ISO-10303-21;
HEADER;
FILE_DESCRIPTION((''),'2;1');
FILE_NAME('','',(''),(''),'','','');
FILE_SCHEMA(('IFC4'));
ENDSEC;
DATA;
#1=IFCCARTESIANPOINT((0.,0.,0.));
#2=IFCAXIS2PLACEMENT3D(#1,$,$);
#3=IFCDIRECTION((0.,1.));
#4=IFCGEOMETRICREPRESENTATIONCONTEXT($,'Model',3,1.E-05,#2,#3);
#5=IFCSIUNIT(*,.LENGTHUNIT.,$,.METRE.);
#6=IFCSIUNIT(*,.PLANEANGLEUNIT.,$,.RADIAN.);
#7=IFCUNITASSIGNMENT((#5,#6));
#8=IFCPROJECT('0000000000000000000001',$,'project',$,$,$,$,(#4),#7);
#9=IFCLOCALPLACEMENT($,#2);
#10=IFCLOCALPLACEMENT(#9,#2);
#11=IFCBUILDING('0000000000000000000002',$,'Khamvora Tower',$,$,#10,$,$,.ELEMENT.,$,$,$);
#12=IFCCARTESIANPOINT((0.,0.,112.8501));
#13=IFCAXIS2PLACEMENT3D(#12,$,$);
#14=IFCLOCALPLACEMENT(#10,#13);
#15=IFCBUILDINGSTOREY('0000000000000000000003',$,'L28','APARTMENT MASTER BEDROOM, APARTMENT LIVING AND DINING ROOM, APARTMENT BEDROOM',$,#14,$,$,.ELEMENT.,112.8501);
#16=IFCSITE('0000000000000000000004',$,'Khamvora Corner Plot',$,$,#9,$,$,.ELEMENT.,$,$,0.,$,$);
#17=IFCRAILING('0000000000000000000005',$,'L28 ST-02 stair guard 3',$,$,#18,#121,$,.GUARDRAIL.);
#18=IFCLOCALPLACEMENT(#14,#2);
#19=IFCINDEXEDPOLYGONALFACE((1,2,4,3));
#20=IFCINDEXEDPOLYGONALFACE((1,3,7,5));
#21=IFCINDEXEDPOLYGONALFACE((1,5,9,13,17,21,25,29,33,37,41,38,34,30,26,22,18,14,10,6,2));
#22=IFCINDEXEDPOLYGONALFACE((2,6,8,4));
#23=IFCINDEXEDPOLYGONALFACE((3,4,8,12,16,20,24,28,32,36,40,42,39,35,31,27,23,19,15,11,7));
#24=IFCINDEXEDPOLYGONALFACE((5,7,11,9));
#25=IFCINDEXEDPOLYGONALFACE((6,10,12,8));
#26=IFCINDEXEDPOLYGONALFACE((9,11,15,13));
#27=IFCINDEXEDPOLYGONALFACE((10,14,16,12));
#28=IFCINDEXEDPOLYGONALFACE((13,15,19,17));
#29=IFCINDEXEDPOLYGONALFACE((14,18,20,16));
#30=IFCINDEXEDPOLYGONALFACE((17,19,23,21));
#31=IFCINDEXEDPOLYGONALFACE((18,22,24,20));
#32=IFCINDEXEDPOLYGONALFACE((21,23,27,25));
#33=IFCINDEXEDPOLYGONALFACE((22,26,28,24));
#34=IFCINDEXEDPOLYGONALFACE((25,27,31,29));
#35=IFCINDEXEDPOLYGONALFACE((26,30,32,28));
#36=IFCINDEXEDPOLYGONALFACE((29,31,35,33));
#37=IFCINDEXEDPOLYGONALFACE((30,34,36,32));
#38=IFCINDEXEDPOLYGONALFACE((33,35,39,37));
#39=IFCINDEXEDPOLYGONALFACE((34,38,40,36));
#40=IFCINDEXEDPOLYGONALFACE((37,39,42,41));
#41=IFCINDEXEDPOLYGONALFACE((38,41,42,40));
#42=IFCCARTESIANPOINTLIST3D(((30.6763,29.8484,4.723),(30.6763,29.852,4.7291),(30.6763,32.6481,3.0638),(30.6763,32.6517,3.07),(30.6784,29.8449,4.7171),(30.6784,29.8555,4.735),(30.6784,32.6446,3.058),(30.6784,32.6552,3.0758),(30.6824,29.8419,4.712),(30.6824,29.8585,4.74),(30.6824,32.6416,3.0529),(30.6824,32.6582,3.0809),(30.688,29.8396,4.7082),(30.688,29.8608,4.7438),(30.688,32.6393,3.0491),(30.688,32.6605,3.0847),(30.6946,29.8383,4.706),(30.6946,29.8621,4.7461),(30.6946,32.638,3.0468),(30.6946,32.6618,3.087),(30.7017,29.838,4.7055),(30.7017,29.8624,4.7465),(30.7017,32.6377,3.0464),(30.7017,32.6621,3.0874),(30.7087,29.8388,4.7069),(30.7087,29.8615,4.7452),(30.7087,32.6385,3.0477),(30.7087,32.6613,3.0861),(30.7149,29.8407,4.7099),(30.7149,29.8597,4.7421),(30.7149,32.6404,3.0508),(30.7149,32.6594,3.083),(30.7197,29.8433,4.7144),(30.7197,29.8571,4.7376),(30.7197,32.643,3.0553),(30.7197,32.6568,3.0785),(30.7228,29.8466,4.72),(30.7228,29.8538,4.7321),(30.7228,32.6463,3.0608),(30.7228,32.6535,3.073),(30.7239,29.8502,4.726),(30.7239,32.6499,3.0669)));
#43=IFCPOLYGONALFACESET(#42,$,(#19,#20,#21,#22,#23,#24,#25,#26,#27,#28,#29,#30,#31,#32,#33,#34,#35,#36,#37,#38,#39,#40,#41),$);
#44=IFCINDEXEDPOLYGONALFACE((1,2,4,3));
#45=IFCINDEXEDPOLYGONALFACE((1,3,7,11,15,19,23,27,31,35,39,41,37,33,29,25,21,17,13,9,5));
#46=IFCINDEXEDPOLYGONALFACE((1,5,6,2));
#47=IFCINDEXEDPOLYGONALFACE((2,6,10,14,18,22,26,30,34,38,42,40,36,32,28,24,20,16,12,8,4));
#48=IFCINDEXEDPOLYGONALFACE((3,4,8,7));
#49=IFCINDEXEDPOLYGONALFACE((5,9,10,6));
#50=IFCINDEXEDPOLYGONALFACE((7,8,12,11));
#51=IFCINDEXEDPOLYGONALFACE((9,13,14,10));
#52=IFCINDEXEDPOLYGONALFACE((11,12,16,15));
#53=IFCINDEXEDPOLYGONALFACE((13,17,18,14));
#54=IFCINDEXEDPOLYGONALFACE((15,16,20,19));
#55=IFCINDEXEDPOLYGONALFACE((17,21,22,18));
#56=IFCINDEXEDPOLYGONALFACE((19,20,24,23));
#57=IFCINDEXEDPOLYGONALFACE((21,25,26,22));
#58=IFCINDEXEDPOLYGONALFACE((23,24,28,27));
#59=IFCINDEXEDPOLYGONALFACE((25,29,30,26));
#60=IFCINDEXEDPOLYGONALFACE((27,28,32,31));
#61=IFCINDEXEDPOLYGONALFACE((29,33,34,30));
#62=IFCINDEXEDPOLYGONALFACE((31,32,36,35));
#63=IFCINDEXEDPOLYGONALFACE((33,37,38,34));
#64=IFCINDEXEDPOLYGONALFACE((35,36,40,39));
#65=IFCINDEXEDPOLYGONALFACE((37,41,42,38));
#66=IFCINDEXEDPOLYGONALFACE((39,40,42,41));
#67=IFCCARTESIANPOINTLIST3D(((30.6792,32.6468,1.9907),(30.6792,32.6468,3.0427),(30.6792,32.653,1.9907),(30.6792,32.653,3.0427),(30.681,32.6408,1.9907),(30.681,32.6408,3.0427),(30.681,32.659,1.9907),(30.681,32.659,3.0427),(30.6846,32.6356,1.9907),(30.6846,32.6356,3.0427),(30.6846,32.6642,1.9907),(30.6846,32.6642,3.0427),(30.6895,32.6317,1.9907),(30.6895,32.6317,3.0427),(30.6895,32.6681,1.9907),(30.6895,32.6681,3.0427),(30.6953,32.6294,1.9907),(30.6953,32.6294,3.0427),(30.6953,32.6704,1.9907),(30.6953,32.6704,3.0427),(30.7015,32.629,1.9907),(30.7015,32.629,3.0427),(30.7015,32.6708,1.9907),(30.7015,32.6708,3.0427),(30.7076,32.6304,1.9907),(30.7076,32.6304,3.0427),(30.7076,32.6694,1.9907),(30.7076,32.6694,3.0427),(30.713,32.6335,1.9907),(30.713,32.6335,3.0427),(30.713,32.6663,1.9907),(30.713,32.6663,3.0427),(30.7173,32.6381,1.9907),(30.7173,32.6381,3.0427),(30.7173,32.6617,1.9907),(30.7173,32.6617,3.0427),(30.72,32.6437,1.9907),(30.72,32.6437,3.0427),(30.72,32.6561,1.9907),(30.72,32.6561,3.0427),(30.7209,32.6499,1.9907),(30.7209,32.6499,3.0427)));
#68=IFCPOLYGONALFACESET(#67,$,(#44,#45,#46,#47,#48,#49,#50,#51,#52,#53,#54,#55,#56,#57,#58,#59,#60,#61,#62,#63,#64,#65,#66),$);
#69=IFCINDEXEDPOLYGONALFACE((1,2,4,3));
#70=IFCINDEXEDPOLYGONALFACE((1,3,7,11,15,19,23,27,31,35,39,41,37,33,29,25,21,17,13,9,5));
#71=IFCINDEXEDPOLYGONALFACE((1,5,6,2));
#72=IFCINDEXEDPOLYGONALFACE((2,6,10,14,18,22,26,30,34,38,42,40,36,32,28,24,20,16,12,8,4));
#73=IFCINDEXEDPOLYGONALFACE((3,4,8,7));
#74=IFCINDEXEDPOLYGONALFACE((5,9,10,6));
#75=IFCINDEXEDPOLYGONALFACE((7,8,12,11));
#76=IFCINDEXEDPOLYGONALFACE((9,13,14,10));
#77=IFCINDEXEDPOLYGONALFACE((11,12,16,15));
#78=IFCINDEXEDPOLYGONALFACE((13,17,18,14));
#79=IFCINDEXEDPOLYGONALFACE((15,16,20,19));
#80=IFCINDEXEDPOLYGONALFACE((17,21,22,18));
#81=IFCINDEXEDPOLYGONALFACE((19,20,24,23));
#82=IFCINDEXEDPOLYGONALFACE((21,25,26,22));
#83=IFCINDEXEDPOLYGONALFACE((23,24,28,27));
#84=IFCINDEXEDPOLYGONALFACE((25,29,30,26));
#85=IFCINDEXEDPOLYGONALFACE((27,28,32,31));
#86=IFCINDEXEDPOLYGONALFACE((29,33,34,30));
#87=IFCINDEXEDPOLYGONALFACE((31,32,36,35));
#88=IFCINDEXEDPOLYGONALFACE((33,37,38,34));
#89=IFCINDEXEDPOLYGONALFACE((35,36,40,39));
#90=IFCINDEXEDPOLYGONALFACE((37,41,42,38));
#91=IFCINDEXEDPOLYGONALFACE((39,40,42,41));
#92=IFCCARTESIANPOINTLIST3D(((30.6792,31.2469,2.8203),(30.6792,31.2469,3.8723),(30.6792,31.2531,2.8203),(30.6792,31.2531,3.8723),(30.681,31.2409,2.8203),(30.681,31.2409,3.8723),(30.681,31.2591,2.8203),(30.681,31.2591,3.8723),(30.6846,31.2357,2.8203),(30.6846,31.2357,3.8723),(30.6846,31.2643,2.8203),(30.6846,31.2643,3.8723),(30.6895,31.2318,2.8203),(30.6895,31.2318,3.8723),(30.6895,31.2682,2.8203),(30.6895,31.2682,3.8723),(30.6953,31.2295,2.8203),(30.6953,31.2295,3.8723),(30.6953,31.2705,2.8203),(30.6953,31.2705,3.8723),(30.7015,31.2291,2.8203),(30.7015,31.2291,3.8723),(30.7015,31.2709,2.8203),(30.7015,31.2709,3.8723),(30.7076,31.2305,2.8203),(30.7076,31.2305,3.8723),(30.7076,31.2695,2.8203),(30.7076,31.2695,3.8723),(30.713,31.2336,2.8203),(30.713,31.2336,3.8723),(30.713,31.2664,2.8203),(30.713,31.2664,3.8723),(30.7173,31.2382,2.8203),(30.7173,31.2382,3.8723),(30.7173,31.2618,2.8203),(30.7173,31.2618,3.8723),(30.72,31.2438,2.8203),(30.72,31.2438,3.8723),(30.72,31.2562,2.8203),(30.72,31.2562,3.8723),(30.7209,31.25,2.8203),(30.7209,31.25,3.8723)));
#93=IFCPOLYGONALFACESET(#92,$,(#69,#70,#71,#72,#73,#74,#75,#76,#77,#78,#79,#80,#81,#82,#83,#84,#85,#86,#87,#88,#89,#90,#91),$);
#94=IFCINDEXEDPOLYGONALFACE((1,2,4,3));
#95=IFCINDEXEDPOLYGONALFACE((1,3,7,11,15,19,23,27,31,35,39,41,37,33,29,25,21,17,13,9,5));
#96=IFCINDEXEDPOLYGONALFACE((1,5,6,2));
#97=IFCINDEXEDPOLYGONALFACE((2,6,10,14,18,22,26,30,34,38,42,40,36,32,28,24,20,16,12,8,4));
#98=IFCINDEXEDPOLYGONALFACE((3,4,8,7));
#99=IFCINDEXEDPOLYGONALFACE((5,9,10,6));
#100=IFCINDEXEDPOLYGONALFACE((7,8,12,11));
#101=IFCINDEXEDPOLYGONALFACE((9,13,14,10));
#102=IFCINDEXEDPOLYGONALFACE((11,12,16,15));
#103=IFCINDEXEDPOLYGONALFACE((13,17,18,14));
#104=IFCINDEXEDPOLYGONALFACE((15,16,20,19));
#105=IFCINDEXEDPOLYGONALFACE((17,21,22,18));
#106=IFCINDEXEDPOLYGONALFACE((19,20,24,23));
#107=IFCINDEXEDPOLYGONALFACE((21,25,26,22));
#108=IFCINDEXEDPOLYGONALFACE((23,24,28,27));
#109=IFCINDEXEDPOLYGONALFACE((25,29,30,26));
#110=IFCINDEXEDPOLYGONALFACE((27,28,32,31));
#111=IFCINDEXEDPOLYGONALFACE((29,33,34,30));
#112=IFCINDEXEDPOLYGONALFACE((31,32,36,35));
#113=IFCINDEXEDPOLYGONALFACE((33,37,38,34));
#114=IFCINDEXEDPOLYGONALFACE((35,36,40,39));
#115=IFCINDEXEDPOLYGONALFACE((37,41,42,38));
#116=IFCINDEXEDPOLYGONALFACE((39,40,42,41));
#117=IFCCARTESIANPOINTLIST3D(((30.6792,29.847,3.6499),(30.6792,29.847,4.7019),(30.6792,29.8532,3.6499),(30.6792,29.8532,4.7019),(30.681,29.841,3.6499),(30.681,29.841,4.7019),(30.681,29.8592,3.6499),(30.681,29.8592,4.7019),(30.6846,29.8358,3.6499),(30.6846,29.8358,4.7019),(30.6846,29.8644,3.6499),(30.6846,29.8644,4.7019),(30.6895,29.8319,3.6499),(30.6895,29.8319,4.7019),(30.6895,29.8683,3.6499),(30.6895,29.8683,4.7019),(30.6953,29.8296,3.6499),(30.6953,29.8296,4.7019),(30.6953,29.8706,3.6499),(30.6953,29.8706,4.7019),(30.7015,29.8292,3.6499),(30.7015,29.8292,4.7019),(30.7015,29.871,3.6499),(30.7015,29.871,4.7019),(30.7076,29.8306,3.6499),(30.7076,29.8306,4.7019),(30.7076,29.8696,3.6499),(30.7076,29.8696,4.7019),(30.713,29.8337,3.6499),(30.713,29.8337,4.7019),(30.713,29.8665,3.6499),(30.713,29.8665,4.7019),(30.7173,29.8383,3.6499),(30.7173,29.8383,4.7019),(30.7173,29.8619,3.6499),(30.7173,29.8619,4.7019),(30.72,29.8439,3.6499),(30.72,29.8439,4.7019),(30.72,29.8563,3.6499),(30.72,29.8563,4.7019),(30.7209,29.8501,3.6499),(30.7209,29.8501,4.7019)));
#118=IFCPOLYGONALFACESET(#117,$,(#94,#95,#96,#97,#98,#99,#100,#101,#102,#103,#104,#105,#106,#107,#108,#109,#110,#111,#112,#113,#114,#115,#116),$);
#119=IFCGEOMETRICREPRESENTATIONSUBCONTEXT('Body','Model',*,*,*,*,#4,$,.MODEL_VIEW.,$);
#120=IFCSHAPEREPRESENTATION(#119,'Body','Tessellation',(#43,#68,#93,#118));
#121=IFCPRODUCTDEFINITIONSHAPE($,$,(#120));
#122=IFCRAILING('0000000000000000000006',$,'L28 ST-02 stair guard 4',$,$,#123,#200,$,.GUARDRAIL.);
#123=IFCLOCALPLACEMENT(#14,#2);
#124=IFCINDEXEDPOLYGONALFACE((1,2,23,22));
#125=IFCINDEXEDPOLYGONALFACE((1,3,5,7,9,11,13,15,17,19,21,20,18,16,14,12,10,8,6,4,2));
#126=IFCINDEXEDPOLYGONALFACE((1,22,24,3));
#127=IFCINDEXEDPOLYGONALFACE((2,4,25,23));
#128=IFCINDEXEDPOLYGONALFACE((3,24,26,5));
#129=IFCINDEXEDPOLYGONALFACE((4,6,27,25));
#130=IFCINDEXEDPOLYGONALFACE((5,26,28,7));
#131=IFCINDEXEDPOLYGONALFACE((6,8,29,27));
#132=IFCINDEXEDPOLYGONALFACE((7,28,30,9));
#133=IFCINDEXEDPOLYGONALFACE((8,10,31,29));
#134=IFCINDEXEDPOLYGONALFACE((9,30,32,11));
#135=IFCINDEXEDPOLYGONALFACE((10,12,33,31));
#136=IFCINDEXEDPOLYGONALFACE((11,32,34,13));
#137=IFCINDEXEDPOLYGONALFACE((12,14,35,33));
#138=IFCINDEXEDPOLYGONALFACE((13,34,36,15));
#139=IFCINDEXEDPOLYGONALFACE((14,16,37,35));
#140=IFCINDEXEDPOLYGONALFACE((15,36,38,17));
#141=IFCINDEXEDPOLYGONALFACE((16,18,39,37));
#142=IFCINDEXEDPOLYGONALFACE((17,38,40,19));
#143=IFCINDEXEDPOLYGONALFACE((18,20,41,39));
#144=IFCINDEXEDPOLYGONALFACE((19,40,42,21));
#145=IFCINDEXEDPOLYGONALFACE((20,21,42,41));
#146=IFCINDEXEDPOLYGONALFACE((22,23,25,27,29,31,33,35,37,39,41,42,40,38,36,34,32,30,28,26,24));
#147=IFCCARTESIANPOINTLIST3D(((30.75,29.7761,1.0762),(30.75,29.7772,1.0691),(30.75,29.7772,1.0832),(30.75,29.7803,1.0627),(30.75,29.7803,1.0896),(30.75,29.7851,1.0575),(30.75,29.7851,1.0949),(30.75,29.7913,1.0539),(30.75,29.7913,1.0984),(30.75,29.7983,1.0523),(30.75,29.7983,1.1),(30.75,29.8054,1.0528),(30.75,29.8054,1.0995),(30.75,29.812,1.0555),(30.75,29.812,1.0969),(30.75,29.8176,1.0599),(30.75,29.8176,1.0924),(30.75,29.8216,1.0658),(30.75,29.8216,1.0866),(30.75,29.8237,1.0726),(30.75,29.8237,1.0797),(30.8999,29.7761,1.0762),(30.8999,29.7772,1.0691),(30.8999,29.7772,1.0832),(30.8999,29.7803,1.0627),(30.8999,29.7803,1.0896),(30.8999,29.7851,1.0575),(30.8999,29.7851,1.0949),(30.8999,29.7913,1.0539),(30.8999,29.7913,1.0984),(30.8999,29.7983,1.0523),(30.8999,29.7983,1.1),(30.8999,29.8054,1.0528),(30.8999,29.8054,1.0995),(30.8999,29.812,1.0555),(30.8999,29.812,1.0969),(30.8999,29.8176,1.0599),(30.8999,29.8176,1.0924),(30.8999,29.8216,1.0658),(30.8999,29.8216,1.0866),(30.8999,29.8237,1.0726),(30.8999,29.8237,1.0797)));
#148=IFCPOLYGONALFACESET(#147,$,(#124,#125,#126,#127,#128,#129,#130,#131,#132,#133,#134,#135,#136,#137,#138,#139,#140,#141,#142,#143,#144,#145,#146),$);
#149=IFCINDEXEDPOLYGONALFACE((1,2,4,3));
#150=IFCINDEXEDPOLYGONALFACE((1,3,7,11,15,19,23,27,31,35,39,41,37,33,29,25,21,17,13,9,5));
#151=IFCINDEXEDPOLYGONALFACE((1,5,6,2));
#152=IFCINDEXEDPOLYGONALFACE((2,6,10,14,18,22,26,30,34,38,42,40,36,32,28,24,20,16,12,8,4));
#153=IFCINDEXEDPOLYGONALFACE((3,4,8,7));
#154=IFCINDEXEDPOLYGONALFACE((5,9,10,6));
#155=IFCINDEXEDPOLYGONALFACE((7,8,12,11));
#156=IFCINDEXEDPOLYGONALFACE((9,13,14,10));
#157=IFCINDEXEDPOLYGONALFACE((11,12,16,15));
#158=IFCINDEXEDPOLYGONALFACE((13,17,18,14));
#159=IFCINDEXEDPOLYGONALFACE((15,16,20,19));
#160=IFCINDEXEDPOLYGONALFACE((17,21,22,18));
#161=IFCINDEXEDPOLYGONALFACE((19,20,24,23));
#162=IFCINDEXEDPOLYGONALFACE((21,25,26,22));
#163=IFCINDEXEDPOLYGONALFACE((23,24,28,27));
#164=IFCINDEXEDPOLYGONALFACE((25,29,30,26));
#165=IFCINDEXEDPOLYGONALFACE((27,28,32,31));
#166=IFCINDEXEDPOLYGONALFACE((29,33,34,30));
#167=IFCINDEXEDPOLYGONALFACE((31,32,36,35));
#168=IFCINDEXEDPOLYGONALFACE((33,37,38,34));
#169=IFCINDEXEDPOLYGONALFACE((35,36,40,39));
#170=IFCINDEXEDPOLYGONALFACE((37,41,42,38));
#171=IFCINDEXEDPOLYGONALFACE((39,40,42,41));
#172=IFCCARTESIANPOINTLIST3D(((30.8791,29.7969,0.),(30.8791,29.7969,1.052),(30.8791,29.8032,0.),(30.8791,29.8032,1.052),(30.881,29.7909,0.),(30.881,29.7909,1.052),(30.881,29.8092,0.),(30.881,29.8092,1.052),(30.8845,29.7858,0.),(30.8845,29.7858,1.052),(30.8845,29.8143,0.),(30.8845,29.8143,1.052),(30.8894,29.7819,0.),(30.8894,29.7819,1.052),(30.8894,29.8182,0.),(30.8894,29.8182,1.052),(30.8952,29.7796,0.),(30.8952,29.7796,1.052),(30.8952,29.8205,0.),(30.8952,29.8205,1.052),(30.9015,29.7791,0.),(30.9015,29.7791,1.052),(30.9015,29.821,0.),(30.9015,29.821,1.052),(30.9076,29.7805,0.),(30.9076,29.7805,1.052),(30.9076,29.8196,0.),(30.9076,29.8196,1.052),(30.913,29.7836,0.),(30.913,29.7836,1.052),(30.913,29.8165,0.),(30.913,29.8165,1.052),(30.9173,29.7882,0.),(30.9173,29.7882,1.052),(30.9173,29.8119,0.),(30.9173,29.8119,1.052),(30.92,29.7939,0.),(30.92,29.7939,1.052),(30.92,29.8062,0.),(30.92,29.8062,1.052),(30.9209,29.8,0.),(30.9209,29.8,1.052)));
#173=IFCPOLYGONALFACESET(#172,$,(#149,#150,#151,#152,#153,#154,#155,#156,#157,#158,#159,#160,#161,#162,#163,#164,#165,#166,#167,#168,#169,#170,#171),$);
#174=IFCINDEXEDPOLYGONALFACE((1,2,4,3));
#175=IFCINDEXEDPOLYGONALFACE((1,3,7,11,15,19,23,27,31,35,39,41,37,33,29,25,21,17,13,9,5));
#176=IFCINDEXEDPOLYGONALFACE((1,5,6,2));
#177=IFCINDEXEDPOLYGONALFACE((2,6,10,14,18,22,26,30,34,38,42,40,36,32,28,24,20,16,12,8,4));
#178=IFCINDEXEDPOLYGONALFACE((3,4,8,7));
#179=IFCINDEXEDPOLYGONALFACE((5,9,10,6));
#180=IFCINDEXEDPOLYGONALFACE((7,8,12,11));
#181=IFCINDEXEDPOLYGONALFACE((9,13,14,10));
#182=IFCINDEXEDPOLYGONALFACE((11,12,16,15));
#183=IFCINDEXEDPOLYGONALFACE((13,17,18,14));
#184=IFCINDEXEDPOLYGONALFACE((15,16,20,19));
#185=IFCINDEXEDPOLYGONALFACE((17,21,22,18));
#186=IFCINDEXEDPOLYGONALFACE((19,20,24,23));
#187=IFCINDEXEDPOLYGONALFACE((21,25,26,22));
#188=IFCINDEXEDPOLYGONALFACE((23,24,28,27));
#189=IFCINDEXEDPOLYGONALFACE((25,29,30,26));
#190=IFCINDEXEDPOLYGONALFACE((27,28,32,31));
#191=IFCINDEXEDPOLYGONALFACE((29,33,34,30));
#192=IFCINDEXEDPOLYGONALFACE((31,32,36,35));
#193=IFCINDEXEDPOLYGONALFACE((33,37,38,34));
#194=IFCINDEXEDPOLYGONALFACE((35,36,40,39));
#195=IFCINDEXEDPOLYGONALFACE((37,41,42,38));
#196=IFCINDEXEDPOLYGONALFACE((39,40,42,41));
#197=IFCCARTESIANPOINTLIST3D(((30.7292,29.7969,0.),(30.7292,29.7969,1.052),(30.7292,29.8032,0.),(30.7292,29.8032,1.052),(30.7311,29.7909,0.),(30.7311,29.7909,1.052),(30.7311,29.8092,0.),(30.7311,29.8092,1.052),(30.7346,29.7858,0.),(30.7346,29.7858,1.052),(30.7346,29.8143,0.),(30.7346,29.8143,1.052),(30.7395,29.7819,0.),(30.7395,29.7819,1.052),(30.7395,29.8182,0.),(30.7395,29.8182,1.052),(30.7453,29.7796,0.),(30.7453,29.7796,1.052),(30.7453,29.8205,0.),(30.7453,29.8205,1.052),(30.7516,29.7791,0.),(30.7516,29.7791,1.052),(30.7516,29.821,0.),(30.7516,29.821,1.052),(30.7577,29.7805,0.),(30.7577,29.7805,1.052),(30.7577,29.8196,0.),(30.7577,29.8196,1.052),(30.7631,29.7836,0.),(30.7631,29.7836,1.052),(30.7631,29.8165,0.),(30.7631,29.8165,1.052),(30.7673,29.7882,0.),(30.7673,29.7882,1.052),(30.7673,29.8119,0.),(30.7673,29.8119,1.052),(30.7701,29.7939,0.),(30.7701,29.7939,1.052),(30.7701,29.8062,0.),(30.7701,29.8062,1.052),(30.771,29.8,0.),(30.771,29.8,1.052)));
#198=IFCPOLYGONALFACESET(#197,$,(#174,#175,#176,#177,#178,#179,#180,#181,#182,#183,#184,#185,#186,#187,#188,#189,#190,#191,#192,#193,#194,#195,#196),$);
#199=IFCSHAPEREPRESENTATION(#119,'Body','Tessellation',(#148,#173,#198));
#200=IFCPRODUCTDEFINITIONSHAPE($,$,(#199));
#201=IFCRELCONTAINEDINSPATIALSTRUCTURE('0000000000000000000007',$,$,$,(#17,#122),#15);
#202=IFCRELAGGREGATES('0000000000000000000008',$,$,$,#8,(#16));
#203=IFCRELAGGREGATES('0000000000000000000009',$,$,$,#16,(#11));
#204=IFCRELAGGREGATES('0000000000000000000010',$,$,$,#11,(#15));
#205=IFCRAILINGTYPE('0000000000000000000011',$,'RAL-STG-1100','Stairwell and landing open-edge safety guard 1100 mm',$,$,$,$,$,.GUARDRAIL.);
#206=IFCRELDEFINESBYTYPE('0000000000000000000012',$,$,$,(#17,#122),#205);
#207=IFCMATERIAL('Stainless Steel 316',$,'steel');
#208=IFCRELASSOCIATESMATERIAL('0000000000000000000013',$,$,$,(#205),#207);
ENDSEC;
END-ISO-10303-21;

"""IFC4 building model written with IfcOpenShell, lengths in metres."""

from ifc_helpers import new_model, si_unit, direction, frame, origin, origin_2d, place, context, subcontext, project, spatial, circle, extrude, material, type_object, element, save


model = new_model("IFC4")

# Units and contexts
model_context = context("Model", 3, precision=1e-05, world=origin(), true_north=direction((0.0, 1.0)))
body_context = subcontext(model_context, "Body", "Model", "MODEL_VIEW")
ifc_project = project(units=[si_unit("LENGTHUNIT", "METRE"), si_unit("PLANEANGLEUNIT", "RADIAN")], contexts=[model_context])

# Site, building, storey
site_placement = place(None, origin())
site = spatial("IfcSite", under=ifc_project, at=site_placement, Name="Khamvora Corner Plot", CompositionType="ELEMENT", RefElevation=0.0)
building_placement = place(site_placement, origin())
building = spatial("IfcBuilding", under=site, at=building_placement, Name="Khamvora Tower", CompositionType="ELEMENT")
storey_placement = place(building_placement, frame((0.0, 0.0, 112.8501)))
storey = spatial("IfcBuildingStorey", under=building, at=storey_placement, Name="L28", Description="APARTMENT MASTER BEDROOM, APARTMENT LIVING AND DINING ROOM, APARTMENT BEDROOM", CompositionType="ELEMENT", Elevation=112.8501)

# Railings
ifc_material_1 = material(Name="Stainless Steel 316", Category="steel")
railing_type_1 = type_object("IfcRailingType", Name="RAL-STG-1100", Description="Stairwell and landing open-edge safety guard 1100 mm", PredefinedType="GUARDRAIL", material=ifc_material_1)
railing_1_placement = place(storey_placement, frame((30.7, 32.6499, 1.9907)))
element("IfcRailing", 1, at=railing_1_placement, inside=storey, type_object=railing_type_1, Name="L28 ST-02 stair guard 3", PredefinedType="GUARDRAIL", context=body_context, shape_type="SweptSolid", body=[
    extrude(circle(Radius=0.0239, at=origin_2d()), frame((0.0, 0.0, 1.0762), z_axis=(0.0, -0.860287, 0.509811), x_axis=(1.0, 0.0, 0.0)), (0.0, 0.0, 1.0), 3.2544),
    extrude(circle(Radius=0.021, at=origin_2d()), origin(), (0.0, 0.0, 1.0), 1.052),
    extrude(circle(Radius=0.021, at=origin_2d()), frame((0.0, -1.3999, 0.8296)), (0.0, 0.0, 1.0), 1.052),
    extrude(circle(Radius=0.021, at=origin_2d()), frame((0.0, -2.7998, 1.6592)), (0.0, 0.0, 1.0), 1.052),
])
railing_2_placement = place(storey_placement, frame((30.8999, 29.8, 0.0)))
element("IfcRailing", 2, at=railing_2_placement, inside=storey, type_object=railing_type_1, Name="L28 ST-02 stair guard 4", PredefinedType="GUARDRAIL", context=body_context, shape_type="SweptSolid", body=[
    extrude(circle(Radius=0.0239, at=origin_2d()), frame((0.0, 0.0, 1.0762), z_axis=(-1.0, 0.0, 0.0), x_axis=(0.0, -1.0, 0.0)), (0.0, 0.0, 1.0), 0.1499),
    extrude(circle(Radius=0.021, at=origin_2d()), origin(), (0.0, 0.0, 1.0), 1.052),
    extrude(circle(Radius=0.021, at=origin_2d()), frame((-0.1499, 0.0, 0.0)), (0.0, 0.0, 1.0), 1.052),
])

save(model, "model.ifc")
